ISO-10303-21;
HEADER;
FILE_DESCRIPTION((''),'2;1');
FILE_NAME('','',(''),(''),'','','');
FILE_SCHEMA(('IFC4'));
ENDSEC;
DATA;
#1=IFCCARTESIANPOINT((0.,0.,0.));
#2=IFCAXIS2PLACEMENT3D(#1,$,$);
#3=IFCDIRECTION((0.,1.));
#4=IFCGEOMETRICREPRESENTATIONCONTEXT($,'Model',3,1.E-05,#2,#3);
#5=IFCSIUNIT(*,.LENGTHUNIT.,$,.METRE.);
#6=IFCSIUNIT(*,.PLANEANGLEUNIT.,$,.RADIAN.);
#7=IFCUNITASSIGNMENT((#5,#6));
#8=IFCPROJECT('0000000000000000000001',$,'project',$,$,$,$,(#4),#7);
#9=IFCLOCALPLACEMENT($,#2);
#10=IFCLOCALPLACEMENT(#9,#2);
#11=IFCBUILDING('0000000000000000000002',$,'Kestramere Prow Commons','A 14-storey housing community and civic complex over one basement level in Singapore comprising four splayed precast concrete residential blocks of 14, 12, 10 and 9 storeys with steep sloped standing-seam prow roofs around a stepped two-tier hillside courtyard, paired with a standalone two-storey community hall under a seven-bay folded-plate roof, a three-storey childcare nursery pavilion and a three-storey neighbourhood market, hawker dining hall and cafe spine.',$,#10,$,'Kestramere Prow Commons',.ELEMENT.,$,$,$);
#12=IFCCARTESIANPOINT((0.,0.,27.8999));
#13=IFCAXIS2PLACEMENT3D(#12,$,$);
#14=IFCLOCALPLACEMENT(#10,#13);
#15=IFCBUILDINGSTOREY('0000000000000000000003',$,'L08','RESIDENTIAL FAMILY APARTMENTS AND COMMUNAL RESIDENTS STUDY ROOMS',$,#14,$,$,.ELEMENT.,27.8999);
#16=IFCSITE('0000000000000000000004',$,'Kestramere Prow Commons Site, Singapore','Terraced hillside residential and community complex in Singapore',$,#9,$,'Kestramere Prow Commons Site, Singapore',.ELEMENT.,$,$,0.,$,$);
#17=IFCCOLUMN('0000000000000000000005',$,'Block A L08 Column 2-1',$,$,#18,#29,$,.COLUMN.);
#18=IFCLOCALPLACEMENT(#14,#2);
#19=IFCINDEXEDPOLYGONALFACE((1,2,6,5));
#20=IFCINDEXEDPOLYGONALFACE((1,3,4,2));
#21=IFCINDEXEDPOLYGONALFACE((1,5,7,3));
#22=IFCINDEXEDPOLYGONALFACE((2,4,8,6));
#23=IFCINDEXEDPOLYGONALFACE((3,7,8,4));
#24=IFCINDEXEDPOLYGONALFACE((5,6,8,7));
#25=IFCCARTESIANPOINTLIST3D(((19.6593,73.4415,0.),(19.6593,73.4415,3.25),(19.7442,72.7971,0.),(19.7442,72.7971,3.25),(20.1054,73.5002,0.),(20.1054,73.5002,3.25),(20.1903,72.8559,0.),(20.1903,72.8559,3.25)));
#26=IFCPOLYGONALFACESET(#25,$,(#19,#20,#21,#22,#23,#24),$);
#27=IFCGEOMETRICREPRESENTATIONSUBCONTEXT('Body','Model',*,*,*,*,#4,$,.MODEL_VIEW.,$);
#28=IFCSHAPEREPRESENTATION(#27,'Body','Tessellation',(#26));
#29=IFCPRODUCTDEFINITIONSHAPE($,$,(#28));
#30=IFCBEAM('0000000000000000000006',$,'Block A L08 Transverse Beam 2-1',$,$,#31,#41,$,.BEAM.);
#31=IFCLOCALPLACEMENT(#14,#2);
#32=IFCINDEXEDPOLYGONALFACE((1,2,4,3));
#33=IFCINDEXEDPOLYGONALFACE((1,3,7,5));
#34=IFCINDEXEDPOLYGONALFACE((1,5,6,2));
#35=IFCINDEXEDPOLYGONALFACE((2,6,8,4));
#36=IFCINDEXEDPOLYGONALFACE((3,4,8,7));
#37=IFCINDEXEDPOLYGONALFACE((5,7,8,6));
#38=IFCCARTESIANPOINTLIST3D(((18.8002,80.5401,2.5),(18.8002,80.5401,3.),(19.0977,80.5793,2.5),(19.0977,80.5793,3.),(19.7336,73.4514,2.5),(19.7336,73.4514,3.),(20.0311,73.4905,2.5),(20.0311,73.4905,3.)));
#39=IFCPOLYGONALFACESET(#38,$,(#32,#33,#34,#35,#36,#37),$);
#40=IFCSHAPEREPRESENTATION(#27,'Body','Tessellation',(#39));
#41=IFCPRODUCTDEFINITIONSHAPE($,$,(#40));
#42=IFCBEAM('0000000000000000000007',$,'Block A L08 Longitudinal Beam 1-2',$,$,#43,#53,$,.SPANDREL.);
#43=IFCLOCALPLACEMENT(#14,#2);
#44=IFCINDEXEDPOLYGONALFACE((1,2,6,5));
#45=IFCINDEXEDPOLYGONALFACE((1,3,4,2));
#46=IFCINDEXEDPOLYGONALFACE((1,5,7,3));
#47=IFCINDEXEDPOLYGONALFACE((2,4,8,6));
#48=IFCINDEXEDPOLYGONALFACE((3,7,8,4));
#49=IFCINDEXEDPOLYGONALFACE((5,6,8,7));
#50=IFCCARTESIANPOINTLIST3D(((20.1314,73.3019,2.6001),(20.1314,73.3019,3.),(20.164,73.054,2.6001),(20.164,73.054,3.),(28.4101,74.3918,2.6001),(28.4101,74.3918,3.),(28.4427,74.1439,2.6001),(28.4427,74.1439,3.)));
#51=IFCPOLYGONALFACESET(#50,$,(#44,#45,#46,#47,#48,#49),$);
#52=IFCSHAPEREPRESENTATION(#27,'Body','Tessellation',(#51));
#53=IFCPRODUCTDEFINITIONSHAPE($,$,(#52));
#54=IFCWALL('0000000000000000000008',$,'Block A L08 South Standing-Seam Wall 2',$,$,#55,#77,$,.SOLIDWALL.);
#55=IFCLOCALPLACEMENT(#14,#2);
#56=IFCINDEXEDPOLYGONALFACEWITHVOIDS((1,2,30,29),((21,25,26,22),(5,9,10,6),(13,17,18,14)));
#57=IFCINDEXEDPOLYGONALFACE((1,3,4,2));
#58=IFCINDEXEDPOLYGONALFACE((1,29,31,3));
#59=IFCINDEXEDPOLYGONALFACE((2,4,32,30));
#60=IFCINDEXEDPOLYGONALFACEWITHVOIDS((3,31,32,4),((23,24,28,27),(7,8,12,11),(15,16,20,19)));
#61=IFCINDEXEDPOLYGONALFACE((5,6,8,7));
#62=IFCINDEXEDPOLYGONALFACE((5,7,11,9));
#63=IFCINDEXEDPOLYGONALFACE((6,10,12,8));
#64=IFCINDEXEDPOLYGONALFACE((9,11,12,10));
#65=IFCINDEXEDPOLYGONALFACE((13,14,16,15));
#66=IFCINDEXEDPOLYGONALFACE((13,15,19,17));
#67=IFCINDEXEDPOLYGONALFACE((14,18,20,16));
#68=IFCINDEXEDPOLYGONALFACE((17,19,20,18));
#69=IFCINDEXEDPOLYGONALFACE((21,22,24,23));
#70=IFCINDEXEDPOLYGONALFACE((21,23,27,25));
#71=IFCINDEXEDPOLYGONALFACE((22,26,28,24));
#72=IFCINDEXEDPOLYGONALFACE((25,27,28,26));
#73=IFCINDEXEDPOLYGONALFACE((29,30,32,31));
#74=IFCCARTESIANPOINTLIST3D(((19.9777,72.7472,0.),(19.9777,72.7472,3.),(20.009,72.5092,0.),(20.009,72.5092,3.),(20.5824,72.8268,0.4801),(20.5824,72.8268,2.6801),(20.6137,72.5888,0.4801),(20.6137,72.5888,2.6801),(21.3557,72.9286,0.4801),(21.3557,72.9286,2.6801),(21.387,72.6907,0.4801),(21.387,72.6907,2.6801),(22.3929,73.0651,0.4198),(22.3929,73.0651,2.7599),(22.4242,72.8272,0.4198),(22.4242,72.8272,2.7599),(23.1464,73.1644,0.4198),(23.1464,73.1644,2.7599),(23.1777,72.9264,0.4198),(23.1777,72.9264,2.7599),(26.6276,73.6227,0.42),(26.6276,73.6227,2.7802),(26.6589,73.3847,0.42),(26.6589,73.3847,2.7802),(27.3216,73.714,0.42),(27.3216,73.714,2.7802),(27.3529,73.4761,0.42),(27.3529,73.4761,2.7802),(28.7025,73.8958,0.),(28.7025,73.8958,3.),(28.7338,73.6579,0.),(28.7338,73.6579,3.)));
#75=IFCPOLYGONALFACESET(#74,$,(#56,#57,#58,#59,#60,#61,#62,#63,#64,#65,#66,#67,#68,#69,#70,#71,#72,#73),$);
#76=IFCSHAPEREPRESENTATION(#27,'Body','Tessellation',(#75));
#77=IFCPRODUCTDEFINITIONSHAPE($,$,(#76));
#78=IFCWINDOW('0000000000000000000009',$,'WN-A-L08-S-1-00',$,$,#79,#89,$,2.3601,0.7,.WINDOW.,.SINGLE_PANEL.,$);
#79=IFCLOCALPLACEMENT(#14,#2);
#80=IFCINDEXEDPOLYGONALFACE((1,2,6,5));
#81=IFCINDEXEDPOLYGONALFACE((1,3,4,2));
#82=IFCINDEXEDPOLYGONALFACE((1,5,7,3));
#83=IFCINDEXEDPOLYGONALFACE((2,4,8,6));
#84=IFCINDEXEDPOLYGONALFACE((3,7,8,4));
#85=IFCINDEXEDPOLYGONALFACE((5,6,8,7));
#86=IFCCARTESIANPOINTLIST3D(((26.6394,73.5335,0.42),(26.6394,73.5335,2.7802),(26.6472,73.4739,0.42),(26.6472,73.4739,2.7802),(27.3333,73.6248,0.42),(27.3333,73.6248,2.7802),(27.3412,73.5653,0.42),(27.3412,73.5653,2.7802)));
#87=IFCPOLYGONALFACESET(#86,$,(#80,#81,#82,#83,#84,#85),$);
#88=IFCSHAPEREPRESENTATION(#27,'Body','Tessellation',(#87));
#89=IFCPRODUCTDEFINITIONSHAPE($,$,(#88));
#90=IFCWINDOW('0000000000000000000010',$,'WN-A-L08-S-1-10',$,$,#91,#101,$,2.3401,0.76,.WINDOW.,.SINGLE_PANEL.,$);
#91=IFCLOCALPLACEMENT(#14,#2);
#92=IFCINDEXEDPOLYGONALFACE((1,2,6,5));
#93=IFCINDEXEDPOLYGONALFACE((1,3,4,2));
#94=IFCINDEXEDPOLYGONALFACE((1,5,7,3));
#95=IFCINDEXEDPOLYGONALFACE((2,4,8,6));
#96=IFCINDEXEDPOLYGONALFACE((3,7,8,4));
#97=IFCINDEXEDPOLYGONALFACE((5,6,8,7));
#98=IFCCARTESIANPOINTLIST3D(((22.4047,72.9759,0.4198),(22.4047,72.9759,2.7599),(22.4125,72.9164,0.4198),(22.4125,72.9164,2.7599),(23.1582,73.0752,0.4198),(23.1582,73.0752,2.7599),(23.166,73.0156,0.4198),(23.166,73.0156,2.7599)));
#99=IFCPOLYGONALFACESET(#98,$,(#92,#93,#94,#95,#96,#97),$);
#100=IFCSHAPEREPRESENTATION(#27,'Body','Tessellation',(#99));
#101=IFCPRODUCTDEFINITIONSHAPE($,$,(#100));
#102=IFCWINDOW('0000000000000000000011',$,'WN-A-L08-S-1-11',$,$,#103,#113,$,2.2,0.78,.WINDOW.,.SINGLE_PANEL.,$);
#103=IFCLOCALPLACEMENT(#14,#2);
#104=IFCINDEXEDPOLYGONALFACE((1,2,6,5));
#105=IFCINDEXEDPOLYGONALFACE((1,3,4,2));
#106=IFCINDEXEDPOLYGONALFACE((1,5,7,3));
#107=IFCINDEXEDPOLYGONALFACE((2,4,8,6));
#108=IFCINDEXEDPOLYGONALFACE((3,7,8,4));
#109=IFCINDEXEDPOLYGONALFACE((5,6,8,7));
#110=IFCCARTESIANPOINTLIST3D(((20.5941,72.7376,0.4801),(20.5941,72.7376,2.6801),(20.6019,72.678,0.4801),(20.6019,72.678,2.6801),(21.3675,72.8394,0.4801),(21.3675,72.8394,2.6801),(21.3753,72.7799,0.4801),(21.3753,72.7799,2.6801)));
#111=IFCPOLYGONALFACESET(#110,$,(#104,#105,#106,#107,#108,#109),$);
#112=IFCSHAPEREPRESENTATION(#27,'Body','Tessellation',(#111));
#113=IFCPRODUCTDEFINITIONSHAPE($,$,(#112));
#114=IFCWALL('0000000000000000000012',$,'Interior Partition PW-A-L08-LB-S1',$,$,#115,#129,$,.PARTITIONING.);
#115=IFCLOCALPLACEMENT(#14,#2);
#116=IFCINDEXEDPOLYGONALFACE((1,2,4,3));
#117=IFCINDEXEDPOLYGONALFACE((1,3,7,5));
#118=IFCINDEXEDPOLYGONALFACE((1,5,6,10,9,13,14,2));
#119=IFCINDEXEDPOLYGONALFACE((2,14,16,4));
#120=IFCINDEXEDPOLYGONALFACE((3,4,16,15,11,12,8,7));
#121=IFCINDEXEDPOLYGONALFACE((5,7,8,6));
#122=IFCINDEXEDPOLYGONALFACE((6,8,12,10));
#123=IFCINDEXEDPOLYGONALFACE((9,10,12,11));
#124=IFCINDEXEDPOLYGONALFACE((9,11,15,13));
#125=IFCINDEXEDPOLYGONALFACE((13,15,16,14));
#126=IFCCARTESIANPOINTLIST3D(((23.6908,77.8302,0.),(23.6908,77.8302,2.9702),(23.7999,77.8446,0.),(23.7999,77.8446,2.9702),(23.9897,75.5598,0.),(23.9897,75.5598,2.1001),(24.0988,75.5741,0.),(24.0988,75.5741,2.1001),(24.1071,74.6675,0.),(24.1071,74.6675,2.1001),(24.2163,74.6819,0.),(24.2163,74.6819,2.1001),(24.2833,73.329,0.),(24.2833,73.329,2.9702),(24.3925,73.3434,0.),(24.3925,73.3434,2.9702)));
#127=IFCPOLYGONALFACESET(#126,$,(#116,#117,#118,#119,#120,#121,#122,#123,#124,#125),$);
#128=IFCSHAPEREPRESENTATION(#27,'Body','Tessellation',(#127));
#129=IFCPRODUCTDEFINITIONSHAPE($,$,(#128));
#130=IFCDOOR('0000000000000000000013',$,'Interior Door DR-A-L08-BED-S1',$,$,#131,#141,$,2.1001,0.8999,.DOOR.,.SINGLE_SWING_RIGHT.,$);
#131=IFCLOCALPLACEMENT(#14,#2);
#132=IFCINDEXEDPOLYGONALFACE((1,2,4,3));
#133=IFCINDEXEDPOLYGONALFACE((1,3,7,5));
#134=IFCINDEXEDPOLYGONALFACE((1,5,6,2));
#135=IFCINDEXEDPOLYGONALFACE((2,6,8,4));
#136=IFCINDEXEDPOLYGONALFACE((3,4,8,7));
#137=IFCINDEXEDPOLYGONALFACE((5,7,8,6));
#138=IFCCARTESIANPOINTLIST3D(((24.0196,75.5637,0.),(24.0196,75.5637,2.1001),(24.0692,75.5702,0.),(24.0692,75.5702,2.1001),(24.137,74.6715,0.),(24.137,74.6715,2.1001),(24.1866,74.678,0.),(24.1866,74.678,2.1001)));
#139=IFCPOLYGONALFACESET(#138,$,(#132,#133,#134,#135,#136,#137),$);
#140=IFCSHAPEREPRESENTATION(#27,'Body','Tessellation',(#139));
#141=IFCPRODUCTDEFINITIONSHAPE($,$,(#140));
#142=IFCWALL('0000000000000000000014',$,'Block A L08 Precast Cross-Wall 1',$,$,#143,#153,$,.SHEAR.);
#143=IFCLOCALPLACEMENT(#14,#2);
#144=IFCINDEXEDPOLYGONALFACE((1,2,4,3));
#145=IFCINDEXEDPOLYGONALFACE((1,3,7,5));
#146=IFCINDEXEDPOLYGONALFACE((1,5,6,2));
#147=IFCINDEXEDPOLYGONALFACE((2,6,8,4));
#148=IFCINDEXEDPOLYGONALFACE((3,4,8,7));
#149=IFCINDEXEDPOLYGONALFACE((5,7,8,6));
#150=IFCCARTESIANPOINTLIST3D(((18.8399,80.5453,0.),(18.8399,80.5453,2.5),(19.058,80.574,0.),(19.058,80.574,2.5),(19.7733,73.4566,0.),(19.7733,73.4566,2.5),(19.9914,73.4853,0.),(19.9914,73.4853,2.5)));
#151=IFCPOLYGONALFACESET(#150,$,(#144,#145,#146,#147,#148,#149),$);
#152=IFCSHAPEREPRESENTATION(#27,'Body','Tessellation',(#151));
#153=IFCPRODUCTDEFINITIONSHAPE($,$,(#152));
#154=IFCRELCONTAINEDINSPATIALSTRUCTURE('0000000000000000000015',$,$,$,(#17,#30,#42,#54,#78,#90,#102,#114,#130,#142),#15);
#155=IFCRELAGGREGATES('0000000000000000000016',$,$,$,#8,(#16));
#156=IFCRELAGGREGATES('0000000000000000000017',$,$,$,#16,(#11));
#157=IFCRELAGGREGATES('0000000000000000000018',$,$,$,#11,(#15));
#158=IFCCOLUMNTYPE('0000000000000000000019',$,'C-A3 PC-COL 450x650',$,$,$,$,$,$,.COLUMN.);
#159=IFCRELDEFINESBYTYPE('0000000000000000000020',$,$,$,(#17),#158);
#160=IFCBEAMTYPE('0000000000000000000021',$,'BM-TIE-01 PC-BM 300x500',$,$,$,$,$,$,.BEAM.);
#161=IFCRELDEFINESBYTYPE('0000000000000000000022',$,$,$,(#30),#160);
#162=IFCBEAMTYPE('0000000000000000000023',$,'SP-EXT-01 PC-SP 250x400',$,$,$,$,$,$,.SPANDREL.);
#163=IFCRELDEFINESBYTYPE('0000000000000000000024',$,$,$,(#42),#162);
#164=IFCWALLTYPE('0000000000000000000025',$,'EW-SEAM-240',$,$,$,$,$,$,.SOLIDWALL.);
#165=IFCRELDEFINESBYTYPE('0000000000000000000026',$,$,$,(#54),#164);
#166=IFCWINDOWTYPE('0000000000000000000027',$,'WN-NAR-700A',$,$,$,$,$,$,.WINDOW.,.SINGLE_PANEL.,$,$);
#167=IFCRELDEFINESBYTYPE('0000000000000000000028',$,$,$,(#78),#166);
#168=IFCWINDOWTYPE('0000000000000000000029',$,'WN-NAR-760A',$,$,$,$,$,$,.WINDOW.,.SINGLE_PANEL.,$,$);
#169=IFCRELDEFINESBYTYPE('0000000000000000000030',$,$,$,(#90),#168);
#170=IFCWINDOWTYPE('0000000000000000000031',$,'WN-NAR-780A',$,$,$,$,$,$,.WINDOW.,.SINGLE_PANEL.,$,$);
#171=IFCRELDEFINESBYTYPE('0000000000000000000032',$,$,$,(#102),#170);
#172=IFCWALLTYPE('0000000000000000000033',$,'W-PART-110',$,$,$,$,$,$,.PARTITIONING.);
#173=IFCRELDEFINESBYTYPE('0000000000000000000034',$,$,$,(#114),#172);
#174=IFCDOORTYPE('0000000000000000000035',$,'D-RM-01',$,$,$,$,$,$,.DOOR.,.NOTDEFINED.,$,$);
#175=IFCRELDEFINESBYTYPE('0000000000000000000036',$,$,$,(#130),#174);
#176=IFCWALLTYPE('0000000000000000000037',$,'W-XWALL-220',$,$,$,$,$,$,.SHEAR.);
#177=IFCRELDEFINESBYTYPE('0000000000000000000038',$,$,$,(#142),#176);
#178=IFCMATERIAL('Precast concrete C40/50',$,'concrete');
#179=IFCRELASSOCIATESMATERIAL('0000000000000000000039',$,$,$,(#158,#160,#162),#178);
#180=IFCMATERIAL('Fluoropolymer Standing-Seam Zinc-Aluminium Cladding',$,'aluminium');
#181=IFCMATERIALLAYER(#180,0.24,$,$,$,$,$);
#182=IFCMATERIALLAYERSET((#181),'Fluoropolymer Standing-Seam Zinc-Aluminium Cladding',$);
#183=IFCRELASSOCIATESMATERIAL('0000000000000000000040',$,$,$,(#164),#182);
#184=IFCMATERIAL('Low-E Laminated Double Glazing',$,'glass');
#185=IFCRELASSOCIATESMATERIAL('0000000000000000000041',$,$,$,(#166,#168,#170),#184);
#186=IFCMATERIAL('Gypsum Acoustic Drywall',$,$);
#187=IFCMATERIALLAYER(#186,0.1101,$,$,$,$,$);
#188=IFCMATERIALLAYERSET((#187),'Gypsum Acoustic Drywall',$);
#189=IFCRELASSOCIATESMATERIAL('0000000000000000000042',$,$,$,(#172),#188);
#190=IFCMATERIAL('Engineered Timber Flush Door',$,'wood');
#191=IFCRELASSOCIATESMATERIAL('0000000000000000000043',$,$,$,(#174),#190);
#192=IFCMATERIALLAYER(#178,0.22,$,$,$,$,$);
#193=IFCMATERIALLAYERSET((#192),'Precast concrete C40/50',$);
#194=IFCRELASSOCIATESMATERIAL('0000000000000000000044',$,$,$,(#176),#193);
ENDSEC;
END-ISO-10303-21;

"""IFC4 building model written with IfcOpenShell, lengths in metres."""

from ifc_helpers import new_model, si_unit, direction, frame, frame_2d, origin, origin_2d, place, context, subcontext, project, spatial, rectangle, extrude, material, layer, layer_set, material_profile, profile_set, type_object, element, fill, save


model = new_model("IFC4")

# Units and contexts
model_context = context("Model", 3, precision=1e-05, world=origin(), true_north=direction((0.0, 1.0)))
body_context = subcontext(model_context, "Body", "Model", "MODEL_VIEW")
ifc_project = project(units=[si_unit("LENGTHUNIT", "METRE"), si_unit("PLANEANGLEUNIT", "RADIAN")], contexts=[model_context])

# Site, building, storey
site_placement = place(None, origin())
site = spatial("IfcSite", under=ifc_project, at=site_placement, Name="Kestramere Prow Commons Site, Singapore", Description="Terraced hillside residential and community complex in Singapore", LongName="Kestramere Prow Commons Site, Singapore", CompositionType="ELEMENT", RefElevation=0.0)
building_placement = place(site_placement, origin())
building = spatial("IfcBuilding", under=site, at=building_placement, Name="Kestramere Prow Commons", Description="A 14-storey housing community and civic complex over one basement level in Singapore comprising four splayed precast concrete residential blocks of 14, 12, 10 and 9 storeys with steep sloped standing-seam prow roofs around a stepped two-tier hillside courtyard, paired with a standalone two-storey community hall under a seven-bay folded-plate roof, a three-storey childcare nursery pavilion and a three-storey neighbourhood market, hawker dining hall and cafe spine.", LongName="Kestramere Prow Commons", CompositionType="ELEMENT")
storey_placement = place(building_placement, frame((0.0, 0.0, 27.8999)))
storey = spatial("IfcBuildingStorey", under=building, at=storey_placement, Name="L08", Description="RESIDENTIAL FAMILY APARTMENTS AND COMMUNAL RESIDENTS STUDY ROOMS", CompositionType="ELEMENT", Elevation=27.8999)

# Column
ifc_material_1 = material(Name="Precast concrete C40/50", Category="concrete")
ifc_material_profile_1 = material_profile(ifc_material_1, rectangle(XDim=0.45, YDim=0.6499, at=origin_2d()), Name="PC-COL 450x650")
ifc_profile_set_1 = profile_set([ifc_material_profile_1], Name="Precast concrete C40/50")
column_type = type_object("IfcColumnType", Name="C-A3 PC-COL 450x650", PredefinedType="COLUMN", material=ifc_profile_set_1)
column_placement = place(storey_placement, frame((19.9248, 73.1487, 0.0), z_axis=(0.0, 0.0, 1.0), x_axis=(0.991445, 0.130526, 0.0)))
element("IfcColumn", 1, at=column_placement, inside=storey, type_object=column_type, Name="Block A L08 Column 2-1", PredefinedType="COLUMN", context=body_context, shape_type="SweptSolid", body=[
    extrude(rectangle(XDim=0.45, YDim=0.6499, at=origin_2d()), origin(), (0.0, 0.0, 1.0), 3.25),
])

# Beams
ifc_material_profile_2 = material_profile(ifc_material_1, rectangle(XDim=0.3, YDim=0.5, at=origin_2d()), Name="PC-BM 300x500")
ifc_profile_set_2 = profile_set([ifc_material_profile_2], Name="Precast concrete C40/50")
beam_type_1 = type_object("IfcBeamType", Name="BM-TIE-01 PC-BM 300x500", PredefinedType="BEAM", material=ifc_profile_set_2)
beam_1_placement = place(storey_placement, frame((19.8823, 73.4709, 2.75), z_axis=(-0.130542, 0.991443, 0.0), x_axis=(-0.991443, -0.130542, 0.0)))
element("IfcBeam", 2, at=beam_1_placement, inside=storey, type_object=beam_type_1, Name="Block A L08 Transverse Beam 2-1", PredefinedType="BEAM", context=body_context, shape_type="SweptSolid", body=[
    extrude(rectangle(XDim=0.3, YDim=0.5, at=origin_2d()), origin(), (0.0, 0.0, 1.0), 7.1499),
])
ifc_material_profile_3 = material_profile(ifc_material_1, rectangle(XDim=0.25, YDim=0.3999, at=origin_2d()), Name="PC-SP 250x400")
ifc_profile_set_3 = profile_set([ifc_material_profile_3], Name="Precast concrete C40/50")
beam_type_2 = type_object("IfcBeamType", Name="SP-EXT-01 PC-SP 250x400", PredefinedType="SPANDREL", material=ifc_profile_set_3)
beam_2_placement = place(storey_placement, frame((20.1477, 73.178, 2.8), z_axis=(0.991446, 0.13052, 0.0), x_axis=(-0.13052, 0.991446, 0.0)))
element("IfcBeam", 3, at=beam_2_placement, inside=storey, type_object=beam_type_2, Name="Block A L08 Longitudinal Beam 1-2", PredefinedType="SPANDREL", context=body_context, shape_type="SweptSolid", body=[
    extrude(rectangle(XDim=0.25, YDim=0.3999, at=origin_2d()), origin(), (0.0, 0.0, 1.0), 8.3501),
])

# Shared definitions
ifc_material_2 = material(Name="Fluoropolymer Standing-Seam Zinc-Aluminium Cladding", Category="aluminium")
ifc_layer_1 = layer(ifc_material_2, 0.24)
ifc_layer_set_1 = layer_set([ifc_layer_1], Name="Fluoropolymer Standing-Seam Zinc-Aluminium Cladding")
wall_type_1 = type_object("IfcWallType", Name="EW-SEAM-240", PredefinedType="SOLIDWALL", material=ifc_layer_set_1)
ifc_material_3 = material(Name="Low-E Laminated Double Glazing", Category="glass")

# Wall, openings, windows
wall_1_placement = place(storey_placement, frame((28.718, 73.7769, 0.0), z_axis=(0.0, 0.0, 1.0), x_axis=(-0.991444, -0.13053, 0.0)))
wall_1 = element("IfcWall", 4, at=wall_1_placement, inside=storey, type_object=wall_type_1, Name="Block A L08 South Standing-Seam Wall 2", PredefinedType="SOLIDWALL", context=body_context, shape_type="SweptSolid", body=[
    extrude(rectangle(XDim=8.8, YDim=0.24, at=frame_2d((4.3999, 0.0))), origin(), (0.0, 0.0, 1.0), 3.0),
])
opening_1_placement = place(wall_1_placement, frame((1.3926, 0.0, 0.4199)))
opening_1 = element("IfcOpeningElement", 5, at=opening_1_placement, cuts=wall_1, PredefinedType="OPENING", context=body_context, shape_type="SweptSolid", body=[
    extrude(rectangle(XDim=0.7, YDim=2.3601, at=frame_2d((0.3501, 1.1802))), frame((0.0, 0.135, 0.0), z_axis=(0.0, -1.0, 0.0), x_axis=(1.0, 0.0, 0.0)), (0.0, 0.0, 1.0), 0.27),
])
opening_2_placement = place(wall_1_placement, frame((5.604, 0.0, 0.4199)))
opening_2 = element("IfcOpeningElement", 6, at=opening_2_placement, cuts=wall_1, PredefinedType="OPENING", context=body_context, shape_type="SweptSolid", body=[
    extrude(rectangle(XDim=0.76, YDim=2.3401, at=frame_2d((0.3799, 1.1699))), frame((0.0, 0.135, 0.0), z_axis=(0.0, -1.0, 0.0), x_axis=(1.0, 0.0, 0.0)), (0.0, 0.0, 1.0), 0.27),
])
opening_3_placement = place(wall_1_placement, frame((7.4099, 0.0, 0.48)))
opening_3 = element("IfcOpeningElement", 7, at=opening_3_placement, cuts=wall_1, PredefinedType="OPENING", context=body_context, shape_type="SweptSolid", body=[
    extrude(rectangle(XDim=0.78, YDim=2.2, at=frame_2d((0.3901, 1.1001))), frame((0.0, 0.135, 0.0), z_axis=(0.0, -1.0, 0.0), x_axis=(1.0, 0.0, 0.0)), (0.0, 0.0, 1.0), 0.27),
])
window_type_1 = type_object("IfcWindowType", Name="WN-NAR-700A", PartitioningType="SINGLE_PANEL", PredefinedType="WINDOW", material=ifc_material_3)
window_1_placement = place(opening_1_placement, origin())
window_1 = element("IfcWindow", 8, at=window_1_placement, inside=storey, type_object=window_type_1, Name="WN-A-L08-S-1-00", OverallHeight=2.3601, OverallWidth=0.7, PartitioningType="SINGLE_PANEL", PredefinedType="WINDOW", context=body_context, shape_type="SweptSolid", body=[
    extrude(rectangle(XDim=0.7, YDim=2.3601, at=frame_2d((0.3501, 1.1802))), frame((0.0, 0.03, 0.0), z_axis=(0.0, -1.0, 0.0), x_axis=(1.0, 0.0, 0.0)), (0.0, 0.0, 1.0), 0.0601),
])
fill(opening_1, window_1)
window_type_2 = type_object("IfcWindowType", Name="WN-NAR-760A", PartitioningType="SINGLE_PANEL", PredefinedType="WINDOW", material=ifc_material_3)
window_2_placement = place(opening_2_placement, origin())
window_2 = element("IfcWindow", 9, at=window_2_placement, inside=storey, type_object=window_type_2, Name="WN-A-L08-S-1-10", OverallHeight=2.3401, OverallWidth=0.76, PartitioningType="SINGLE_PANEL", PredefinedType="WINDOW", context=body_context, shape_type="SweptSolid", body=[
    extrude(rectangle(XDim=0.76, YDim=2.3401, at=frame_2d((0.3799, 1.1699))), frame((0.0, 0.03, 0.0), z_axis=(0.0, -1.0, 0.0), x_axis=(1.0, 0.0, 0.0)), (0.0, 0.0, 1.0), 0.0601),
])
fill(opening_2, window_2)
window_type_3 = type_object("IfcWindowType", Name="WN-NAR-780A", PartitioningType="SINGLE_PANEL", PredefinedType="WINDOW", material=ifc_material_3)
window_3_placement = place(opening_3_placement, origin())
window_3 = element("IfcWindow", 10, at=window_3_placement, inside=storey, type_object=window_type_3, Name="WN-A-L08-S-1-11", OverallHeight=2.2, OverallWidth=0.78, PartitioningType="SINGLE_PANEL", PredefinedType="WINDOW", context=body_context, shape_type="SweptSolid", body=[
    extrude(rectangle(XDim=0.78, YDim=2.2, at=frame_2d((0.3901, 1.1001))), frame((0.0, 0.03, 0.0), z_axis=(0.0, -1.0, 0.0), x_axis=(1.0, 0.0, 0.0)), (0.0, 0.0, 1.0), 0.0601),
])
fill(opening_3, window_3)

# Wall, opening, door
ifc_material_4 = material(Name="Gypsum Acoustic Drywall")
ifc_layer_2 = layer(ifc_material_4, 0.1101)
ifc_layer_set_2 = layer_set([ifc_layer_2], Name="Gypsum Acoustic Drywall")
wall_type_2 = type_object("IfcWallType", Name="W-PART-110", PredefinedType="PARTITIONING", material=ifc_layer_set_2)
wall_2_placement = place(storey_placement, frame((24.3379, 73.3362, 0.0), z_axis=(0.0, 0.0, 1.0), x_axis=(-0.130512, 0.991447, 0.0)))
wall_2 = element("IfcWall", 11, at=wall_2_placement, inside=storey, type_object=wall_type_2, Name="Interior Partition PW-A-L08-LB-S1", PredefinedType="PARTITIONING", context=body_context, shape_type="SweptSolid", body=[
    extrude(rectangle(XDim=4.54, YDim=0.1101, at=frame_2d((2.27, 0.0))), origin(), (0.0, 0.0, 1.0), 2.9702),
])
opening_4_placement = place(wall_2_placement, frame((1.3501, 0.0, 0.0)))
opening_4 = element("IfcOpeningElement", 12, at=opening_4_placement, cuts=wall_2, PredefinedType="OPENING", context=body_context, shape_type="SweptSolid", body=[
    extrude(rectangle(XDim=0.8999, YDim=2.1001, at=frame_2d((0.45, 1.05))), frame((0.0, 0.0701, 0.0), z_axis=(0.0, -1.0, 0.0), x_axis=(1.0, 0.0, 0.0)), (0.0, 0.0, 1.0), 0.1401),
])
ifc_material_5 = material(Name="Engineered Timber Flush Door", Category="wood")
door_type_1 = type_object("IfcDoorType", Name="D-RM-01", OperationType="NOTDEFINED", PredefinedType="DOOR", material=ifc_material_5)
door_1_placement = place(opening_4_placement, origin())
door_1 = element("IfcDoor", 13, at=door_1_placement, inside=storey, type_object=door_type_1, Name="Interior Door DR-A-L08-BED-S1", OperationType="SINGLE_SWING_RIGHT", OverallHeight=2.1001, OverallWidth=0.8999, PredefinedType="DOOR", context=body_context, shape_type="SweptSolid", body=[
    extrude(rectangle(XDim=0.8999, YDim=2.1001, at=frame_2d((0.45, 1.05))), frame((0.0, 0.0249, 0.0), z_axis=(0.0, -1.0, 0.0), x_axis=(1.0, 0.0, 0.0)), (0.0, 0.0, 1.0), 0.05),
])
fill(opening_4, door_1)

# Wall
ifc_layer_3 = layer(ifc_material_1, 0.22)
ifc_layer_set_3 = layer_set([ifc_layer_3], Name="Precast concrete C40/50")
wall_type_3 = type_object("IfcWallType", Name="W-XWALL-220", PredefinedType="SHEAR", material=ifc_layer_set_3)
wall_3_placement = place(storey_placement, frame((19.8823, 73.4709, 0.0), z_axis=(0.0, 0.0, 1.0), x_axis=(-0.130542, 0.991443, 0.0)))
element("IfcWall", 14, at=wall_3_placement, inside=storey, type_object=wall_type_3, Name="Block A L08 Precast Cross-Wall 1", PredefinedType="SHEAR", context=body_context, shape_type="SweptSolid", body=[
    extrude(rectangle(XDim=7.1499, YDim=0.22, at=frame_2d((3.575, 0.0))), origin(), (0.0, 0.0, 1.0), 2.5),
])

save(model, "model.ifc")
